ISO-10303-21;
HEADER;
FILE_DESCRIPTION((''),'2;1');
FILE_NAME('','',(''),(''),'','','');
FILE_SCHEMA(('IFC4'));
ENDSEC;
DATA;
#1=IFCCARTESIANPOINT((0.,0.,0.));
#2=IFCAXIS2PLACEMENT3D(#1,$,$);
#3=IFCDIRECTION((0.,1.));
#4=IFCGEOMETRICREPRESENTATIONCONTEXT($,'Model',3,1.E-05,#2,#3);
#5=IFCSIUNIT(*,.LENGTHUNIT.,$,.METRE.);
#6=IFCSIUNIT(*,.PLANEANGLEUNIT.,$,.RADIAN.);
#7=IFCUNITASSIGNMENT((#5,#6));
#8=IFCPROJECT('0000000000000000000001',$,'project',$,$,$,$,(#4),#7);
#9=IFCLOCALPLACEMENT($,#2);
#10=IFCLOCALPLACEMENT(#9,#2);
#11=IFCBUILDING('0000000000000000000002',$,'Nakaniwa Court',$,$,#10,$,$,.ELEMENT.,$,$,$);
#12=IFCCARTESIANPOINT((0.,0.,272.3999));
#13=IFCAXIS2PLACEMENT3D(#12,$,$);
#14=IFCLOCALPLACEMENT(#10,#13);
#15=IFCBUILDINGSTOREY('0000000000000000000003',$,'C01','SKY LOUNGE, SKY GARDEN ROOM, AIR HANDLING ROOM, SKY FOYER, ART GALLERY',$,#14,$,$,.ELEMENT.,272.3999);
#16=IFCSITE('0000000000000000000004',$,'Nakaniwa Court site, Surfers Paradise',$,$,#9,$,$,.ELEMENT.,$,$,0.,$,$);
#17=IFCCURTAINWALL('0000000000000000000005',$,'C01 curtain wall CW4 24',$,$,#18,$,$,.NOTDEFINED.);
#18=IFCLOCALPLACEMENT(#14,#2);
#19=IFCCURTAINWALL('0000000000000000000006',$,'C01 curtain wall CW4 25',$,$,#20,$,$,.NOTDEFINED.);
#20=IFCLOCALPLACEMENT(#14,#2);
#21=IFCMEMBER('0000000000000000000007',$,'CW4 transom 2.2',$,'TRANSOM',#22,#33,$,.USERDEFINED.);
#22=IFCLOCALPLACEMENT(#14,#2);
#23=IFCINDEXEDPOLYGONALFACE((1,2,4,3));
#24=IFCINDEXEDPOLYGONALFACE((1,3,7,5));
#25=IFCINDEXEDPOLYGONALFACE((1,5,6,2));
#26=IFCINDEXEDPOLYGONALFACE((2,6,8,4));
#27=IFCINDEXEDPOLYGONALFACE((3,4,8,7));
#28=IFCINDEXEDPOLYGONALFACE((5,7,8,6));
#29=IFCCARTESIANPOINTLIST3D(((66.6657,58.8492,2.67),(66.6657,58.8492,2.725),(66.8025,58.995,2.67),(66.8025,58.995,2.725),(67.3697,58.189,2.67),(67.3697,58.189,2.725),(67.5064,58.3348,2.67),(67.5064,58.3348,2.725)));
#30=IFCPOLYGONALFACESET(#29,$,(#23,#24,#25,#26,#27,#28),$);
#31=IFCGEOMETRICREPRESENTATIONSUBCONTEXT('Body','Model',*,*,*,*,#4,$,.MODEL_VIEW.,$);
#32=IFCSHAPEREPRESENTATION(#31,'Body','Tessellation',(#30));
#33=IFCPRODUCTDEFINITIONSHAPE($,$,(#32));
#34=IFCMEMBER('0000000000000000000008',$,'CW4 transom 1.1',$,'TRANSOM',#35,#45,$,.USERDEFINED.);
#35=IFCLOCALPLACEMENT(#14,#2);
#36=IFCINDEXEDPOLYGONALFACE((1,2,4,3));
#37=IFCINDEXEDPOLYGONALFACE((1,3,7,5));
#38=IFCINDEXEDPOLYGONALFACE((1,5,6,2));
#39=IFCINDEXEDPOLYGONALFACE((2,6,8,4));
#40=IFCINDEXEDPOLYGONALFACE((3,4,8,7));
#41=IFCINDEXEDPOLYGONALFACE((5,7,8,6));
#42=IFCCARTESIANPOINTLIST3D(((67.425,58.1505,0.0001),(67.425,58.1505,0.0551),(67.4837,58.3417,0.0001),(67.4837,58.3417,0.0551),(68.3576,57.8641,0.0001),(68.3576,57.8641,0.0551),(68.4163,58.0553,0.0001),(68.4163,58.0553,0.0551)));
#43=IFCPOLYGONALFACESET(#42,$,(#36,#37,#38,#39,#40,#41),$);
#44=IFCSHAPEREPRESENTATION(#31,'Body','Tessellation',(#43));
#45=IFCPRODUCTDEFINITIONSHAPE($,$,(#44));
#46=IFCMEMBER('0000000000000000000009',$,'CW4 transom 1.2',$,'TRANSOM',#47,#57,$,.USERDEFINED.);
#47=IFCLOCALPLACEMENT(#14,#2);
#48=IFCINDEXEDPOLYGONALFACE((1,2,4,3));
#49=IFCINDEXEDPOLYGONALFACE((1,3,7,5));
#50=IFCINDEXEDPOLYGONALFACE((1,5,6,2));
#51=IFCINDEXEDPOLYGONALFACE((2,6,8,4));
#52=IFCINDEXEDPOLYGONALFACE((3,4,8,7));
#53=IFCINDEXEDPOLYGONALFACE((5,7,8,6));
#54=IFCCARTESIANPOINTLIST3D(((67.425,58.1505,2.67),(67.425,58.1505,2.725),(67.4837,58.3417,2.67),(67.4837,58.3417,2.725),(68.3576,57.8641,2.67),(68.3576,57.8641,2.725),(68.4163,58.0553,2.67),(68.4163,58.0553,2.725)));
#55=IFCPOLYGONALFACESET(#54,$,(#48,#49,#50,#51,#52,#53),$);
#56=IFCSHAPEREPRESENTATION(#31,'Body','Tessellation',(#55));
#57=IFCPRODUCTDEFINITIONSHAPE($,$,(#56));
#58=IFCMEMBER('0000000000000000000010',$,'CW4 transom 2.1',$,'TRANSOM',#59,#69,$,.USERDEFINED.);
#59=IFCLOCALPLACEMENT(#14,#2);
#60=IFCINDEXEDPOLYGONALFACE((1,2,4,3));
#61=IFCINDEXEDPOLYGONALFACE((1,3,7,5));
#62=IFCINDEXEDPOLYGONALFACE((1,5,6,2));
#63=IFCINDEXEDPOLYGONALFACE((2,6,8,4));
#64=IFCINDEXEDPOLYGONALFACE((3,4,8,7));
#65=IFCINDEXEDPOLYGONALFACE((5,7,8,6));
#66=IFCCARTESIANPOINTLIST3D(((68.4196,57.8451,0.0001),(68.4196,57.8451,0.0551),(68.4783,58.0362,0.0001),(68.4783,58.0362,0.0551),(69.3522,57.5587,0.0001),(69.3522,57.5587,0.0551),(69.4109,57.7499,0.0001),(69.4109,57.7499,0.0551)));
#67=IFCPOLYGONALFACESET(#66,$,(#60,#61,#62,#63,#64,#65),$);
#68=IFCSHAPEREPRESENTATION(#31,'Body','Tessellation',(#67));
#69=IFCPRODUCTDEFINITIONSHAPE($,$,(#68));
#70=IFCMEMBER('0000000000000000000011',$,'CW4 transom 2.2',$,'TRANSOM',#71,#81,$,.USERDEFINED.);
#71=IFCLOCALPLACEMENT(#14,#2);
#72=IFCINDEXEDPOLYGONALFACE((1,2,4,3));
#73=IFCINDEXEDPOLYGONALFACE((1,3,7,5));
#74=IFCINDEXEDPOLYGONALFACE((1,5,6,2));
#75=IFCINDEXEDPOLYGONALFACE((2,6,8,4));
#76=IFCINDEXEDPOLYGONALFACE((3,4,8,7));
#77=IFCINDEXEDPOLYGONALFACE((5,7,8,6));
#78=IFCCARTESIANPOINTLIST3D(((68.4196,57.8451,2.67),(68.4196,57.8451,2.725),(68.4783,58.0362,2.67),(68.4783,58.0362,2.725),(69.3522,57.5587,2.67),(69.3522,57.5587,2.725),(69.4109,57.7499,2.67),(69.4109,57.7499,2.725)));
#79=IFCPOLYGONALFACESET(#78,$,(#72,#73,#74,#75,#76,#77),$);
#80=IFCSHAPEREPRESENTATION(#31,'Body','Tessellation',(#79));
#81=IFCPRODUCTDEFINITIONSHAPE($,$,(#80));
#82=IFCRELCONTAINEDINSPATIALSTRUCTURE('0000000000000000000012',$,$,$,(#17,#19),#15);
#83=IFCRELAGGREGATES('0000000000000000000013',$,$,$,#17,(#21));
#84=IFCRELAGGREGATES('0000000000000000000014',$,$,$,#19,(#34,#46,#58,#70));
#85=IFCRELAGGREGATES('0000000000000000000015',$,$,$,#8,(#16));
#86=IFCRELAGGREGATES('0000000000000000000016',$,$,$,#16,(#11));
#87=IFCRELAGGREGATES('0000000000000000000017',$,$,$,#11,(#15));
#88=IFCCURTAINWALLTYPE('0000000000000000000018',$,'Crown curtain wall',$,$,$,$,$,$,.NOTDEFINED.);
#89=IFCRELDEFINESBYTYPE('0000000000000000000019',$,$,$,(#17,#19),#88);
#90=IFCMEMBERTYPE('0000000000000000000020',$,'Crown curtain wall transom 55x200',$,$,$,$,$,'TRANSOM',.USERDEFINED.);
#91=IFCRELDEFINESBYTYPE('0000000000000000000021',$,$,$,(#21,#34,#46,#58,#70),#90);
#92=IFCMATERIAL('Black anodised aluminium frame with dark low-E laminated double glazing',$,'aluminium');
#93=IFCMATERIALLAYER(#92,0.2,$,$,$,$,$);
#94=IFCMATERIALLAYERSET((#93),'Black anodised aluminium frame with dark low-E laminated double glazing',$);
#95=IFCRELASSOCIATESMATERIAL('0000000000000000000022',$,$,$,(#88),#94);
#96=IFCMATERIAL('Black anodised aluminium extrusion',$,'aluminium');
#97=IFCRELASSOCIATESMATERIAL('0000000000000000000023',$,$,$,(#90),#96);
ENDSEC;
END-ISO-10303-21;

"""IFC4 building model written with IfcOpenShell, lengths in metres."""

from ifc_helpers import new_model, si_unit, direction, frame, origin, origin_2d, place, context, subcontext, project, spatial, rectangle, extrude, material, layer, layer_set, material_profile, profile_set, type_object, element, aggregate, save


model = new_model("IFC4")

# Units and contexts
model_context = context("Model", 3, precision=1e-05, world=origin(), true_north=direction((0.0, 1.0)))
body_context = subcontext(model_context, "Body", "Model", "MODEL_VIEW")
ifc_project = project(units=[si_unit("LENGTHUNIT", "METRE"), si_unit("PLANEANGLEUNIT", "RADIAN")], contexts=[model_context])

# Site, building, storey
site_placement = place(None, origin())
site = spatial("IfcSite", under=ifc_project, at=site_placement, Name="Nakaniwa Court site, Surfers Paradise", CompositionType="ELEMENT", RefElevation=0.0)
building_placement = place(site_placement, origin())
building = spatial("IfcBuilding", under=site, at=building_placement, Name="Nakaniwa Court", CompositionType="ELEMENT")
storey_placement = place(building_placement, frame((0.0, 0.0, 272.3999)))
storey = spatial("IfcBuildingStorey", under=building, at=storey_placement, Name="C01", Description="SKY LOUNGE, SKY GARDEN ROOM, AIR HANDLING ROOM, SKY FOYER, ART GALLERY", CompositionType="ELEMENT", Elevation=272.3999)

# Curtain walls
ifc_material_1 = material(Name="Black anodised aluminium frame with dark low-E laminated double glazing", Category="aluminium")
ifc_layer_1 = layer(ifc_material_1, 0.2)
ifc_layer_set_1 = layer_set([ifc_layer_1], Name="Black anodised aluminium frame with dark low-E laminated double glazing")
curtain_wall_type = type_object("IfcCurtainWallType", Name="Crown curtain wall", PredefinedType="NOTDEFINED", material=ifc_layer_set_1)
ifc_material_2 = material(Name="Black anodised aluminium extrusion", Category="aluminium")
curtain_wall_1_placement = place(storey_placement, origin())
curtain_wall_1 = element("IfcCurtainWall", 1, at=curtain_wall_1_placement, inside=storey, type_object=curtain_wall_type, Name="C01 curtain wall CW4 24", PredefinedType="NOTDEFINED")
curtain_wall_2_placement = place(storey_placement, origin())
curtain_wall_2 = element("IfcCurtainWall", 2, at=curtain_wall_2_placement, inside=storey, type_object=curtain_wall_type, Name="C01 curtain wall CW4 25", PredefinedType="NOTDEFINED")

# Members
ifc_material_profile_1 = material_profile(ifc_material_2, rectangle(XDim=0.2, YDim=0.0549, at=origin_2d()), Name="Crown curtain wall transom 55x200")
ifc_profile_set_1 = profile_set([ifc_material_profile_1], Name="Black anodised aluminium extrusion")
member_type_1 = type_object("IfcMemberType", Name="Crown curtain wall transom 55x200", ElementType="TRANSOM", PredefinedType="USERDEFINED", material=ifc_profile_set_1)
member_1_placement = place(storey_placement, frame((66.7341, 58.9221, 2.6975), z_axis=(0.729387, -0.684101, 0.0), x_axis=(0.684101, 0.729387, 0.0)))
member_1 = element("IfcMember", 3, at=member_1_placement, type_object=member_type_1, Name="CW4 transom 2.2", ObjectType="TRANSOM", PredefinedType="USERDEFINED", context=body_context, shape_type="SweptSolid", body=[
    extrude(rectangle(XDim=0.2, YDim=0.0549, at=origin_2d()), origin(), (0.0, 0.0, 1.0), 0.9651),
])
member_2_placement = place(storey_placement, frame((67.4543, 58.2461, 0.0276), z_axis=(0.955947, -0.293541, 0.0), x_axis=(0.293541, 0.955947, 0.0)))
member_2 = element("IfcMember", 4, at=member_2_placement, type_object=member_type_1, Name="CW4 transom 1.1", ObjectType="TRANSOM", PredefinedType="USERDEFINED", context=body_context, shape_type="SweptSolid", body=[
    extrude(rectangle(XDim=0.2, YDim=0.0549, at=origin_2d()), origin(), (0.0, 0.0, 1.0), 0.9756),
])
member_3_placement = place(storey_placement, frame((67.4543, 58.2461, 2.6975), z_axis=(0.955947, -0.293541, 0.0), x_axis=(0.293541, 0.955947, 0.0)))
member_3 = element("IfcMember", 5, at=member_3_placement, type_object=member_type_1, Name="CW4 transom 1.2", ObjectType="TRANSOM", PredefinedType="USERDEFINED", context=body_context, shape_type="SweptSolid", body=[
    extrude(rectangle(XDim=0.2, YDim=0.0549, at=origin_2d()), origin(), (0.0, 0.0, 1.0), 0.9756),
])
member_4_placement = place(storey_placement, frame((68.449, 57.9407, 0.0276), z_axis=(0.955947, -0.293541, 0.0), x_axis=(0.293541, 0.955947, 0.0)))
member_4 = element("IfcMember", 6, at=member_4_placement, type_object=member_type_1, Name="CW4 transom 2.1", ObjectType="TRANSOM", PredefinedType="USERDEFINED", context=body_context, shape_type="SweptSolid", body=[
    extrude(rectangle(XDim=0.2, YDim=0.0549, at=origin_2d()), origin(), (0.0, 0.0, 1.0), 0.9756),
])
member_5_placement = place(storey_placement, frame((68.449, 57.9407, 2.6975), z_axis=(0.955947, -0.293541, 0.0), x_axis=(0.293541, 0.955947, 0.0)))
member_5 = element("IfcMember", 7, at=member_5_placement, type_object=member_type_1, Name="CW4 transom 2.2", ObjectType="TRANSOM", PredefinedType="USERDEFINED", context=body_context, shape_type="SweptSolid", body=[
    extrude(rectangle(XDim=0.2, YDim=0.0549, at=origin_2d()), origin(), (0.0, 0.0, 1.0), 0.9756),
])

aggregate(curtain_wall_1, [member_1])
aggregate(curtain_wall_2, [member_2, member_3, member_4, member_5])

save(model, "model.ifc")
